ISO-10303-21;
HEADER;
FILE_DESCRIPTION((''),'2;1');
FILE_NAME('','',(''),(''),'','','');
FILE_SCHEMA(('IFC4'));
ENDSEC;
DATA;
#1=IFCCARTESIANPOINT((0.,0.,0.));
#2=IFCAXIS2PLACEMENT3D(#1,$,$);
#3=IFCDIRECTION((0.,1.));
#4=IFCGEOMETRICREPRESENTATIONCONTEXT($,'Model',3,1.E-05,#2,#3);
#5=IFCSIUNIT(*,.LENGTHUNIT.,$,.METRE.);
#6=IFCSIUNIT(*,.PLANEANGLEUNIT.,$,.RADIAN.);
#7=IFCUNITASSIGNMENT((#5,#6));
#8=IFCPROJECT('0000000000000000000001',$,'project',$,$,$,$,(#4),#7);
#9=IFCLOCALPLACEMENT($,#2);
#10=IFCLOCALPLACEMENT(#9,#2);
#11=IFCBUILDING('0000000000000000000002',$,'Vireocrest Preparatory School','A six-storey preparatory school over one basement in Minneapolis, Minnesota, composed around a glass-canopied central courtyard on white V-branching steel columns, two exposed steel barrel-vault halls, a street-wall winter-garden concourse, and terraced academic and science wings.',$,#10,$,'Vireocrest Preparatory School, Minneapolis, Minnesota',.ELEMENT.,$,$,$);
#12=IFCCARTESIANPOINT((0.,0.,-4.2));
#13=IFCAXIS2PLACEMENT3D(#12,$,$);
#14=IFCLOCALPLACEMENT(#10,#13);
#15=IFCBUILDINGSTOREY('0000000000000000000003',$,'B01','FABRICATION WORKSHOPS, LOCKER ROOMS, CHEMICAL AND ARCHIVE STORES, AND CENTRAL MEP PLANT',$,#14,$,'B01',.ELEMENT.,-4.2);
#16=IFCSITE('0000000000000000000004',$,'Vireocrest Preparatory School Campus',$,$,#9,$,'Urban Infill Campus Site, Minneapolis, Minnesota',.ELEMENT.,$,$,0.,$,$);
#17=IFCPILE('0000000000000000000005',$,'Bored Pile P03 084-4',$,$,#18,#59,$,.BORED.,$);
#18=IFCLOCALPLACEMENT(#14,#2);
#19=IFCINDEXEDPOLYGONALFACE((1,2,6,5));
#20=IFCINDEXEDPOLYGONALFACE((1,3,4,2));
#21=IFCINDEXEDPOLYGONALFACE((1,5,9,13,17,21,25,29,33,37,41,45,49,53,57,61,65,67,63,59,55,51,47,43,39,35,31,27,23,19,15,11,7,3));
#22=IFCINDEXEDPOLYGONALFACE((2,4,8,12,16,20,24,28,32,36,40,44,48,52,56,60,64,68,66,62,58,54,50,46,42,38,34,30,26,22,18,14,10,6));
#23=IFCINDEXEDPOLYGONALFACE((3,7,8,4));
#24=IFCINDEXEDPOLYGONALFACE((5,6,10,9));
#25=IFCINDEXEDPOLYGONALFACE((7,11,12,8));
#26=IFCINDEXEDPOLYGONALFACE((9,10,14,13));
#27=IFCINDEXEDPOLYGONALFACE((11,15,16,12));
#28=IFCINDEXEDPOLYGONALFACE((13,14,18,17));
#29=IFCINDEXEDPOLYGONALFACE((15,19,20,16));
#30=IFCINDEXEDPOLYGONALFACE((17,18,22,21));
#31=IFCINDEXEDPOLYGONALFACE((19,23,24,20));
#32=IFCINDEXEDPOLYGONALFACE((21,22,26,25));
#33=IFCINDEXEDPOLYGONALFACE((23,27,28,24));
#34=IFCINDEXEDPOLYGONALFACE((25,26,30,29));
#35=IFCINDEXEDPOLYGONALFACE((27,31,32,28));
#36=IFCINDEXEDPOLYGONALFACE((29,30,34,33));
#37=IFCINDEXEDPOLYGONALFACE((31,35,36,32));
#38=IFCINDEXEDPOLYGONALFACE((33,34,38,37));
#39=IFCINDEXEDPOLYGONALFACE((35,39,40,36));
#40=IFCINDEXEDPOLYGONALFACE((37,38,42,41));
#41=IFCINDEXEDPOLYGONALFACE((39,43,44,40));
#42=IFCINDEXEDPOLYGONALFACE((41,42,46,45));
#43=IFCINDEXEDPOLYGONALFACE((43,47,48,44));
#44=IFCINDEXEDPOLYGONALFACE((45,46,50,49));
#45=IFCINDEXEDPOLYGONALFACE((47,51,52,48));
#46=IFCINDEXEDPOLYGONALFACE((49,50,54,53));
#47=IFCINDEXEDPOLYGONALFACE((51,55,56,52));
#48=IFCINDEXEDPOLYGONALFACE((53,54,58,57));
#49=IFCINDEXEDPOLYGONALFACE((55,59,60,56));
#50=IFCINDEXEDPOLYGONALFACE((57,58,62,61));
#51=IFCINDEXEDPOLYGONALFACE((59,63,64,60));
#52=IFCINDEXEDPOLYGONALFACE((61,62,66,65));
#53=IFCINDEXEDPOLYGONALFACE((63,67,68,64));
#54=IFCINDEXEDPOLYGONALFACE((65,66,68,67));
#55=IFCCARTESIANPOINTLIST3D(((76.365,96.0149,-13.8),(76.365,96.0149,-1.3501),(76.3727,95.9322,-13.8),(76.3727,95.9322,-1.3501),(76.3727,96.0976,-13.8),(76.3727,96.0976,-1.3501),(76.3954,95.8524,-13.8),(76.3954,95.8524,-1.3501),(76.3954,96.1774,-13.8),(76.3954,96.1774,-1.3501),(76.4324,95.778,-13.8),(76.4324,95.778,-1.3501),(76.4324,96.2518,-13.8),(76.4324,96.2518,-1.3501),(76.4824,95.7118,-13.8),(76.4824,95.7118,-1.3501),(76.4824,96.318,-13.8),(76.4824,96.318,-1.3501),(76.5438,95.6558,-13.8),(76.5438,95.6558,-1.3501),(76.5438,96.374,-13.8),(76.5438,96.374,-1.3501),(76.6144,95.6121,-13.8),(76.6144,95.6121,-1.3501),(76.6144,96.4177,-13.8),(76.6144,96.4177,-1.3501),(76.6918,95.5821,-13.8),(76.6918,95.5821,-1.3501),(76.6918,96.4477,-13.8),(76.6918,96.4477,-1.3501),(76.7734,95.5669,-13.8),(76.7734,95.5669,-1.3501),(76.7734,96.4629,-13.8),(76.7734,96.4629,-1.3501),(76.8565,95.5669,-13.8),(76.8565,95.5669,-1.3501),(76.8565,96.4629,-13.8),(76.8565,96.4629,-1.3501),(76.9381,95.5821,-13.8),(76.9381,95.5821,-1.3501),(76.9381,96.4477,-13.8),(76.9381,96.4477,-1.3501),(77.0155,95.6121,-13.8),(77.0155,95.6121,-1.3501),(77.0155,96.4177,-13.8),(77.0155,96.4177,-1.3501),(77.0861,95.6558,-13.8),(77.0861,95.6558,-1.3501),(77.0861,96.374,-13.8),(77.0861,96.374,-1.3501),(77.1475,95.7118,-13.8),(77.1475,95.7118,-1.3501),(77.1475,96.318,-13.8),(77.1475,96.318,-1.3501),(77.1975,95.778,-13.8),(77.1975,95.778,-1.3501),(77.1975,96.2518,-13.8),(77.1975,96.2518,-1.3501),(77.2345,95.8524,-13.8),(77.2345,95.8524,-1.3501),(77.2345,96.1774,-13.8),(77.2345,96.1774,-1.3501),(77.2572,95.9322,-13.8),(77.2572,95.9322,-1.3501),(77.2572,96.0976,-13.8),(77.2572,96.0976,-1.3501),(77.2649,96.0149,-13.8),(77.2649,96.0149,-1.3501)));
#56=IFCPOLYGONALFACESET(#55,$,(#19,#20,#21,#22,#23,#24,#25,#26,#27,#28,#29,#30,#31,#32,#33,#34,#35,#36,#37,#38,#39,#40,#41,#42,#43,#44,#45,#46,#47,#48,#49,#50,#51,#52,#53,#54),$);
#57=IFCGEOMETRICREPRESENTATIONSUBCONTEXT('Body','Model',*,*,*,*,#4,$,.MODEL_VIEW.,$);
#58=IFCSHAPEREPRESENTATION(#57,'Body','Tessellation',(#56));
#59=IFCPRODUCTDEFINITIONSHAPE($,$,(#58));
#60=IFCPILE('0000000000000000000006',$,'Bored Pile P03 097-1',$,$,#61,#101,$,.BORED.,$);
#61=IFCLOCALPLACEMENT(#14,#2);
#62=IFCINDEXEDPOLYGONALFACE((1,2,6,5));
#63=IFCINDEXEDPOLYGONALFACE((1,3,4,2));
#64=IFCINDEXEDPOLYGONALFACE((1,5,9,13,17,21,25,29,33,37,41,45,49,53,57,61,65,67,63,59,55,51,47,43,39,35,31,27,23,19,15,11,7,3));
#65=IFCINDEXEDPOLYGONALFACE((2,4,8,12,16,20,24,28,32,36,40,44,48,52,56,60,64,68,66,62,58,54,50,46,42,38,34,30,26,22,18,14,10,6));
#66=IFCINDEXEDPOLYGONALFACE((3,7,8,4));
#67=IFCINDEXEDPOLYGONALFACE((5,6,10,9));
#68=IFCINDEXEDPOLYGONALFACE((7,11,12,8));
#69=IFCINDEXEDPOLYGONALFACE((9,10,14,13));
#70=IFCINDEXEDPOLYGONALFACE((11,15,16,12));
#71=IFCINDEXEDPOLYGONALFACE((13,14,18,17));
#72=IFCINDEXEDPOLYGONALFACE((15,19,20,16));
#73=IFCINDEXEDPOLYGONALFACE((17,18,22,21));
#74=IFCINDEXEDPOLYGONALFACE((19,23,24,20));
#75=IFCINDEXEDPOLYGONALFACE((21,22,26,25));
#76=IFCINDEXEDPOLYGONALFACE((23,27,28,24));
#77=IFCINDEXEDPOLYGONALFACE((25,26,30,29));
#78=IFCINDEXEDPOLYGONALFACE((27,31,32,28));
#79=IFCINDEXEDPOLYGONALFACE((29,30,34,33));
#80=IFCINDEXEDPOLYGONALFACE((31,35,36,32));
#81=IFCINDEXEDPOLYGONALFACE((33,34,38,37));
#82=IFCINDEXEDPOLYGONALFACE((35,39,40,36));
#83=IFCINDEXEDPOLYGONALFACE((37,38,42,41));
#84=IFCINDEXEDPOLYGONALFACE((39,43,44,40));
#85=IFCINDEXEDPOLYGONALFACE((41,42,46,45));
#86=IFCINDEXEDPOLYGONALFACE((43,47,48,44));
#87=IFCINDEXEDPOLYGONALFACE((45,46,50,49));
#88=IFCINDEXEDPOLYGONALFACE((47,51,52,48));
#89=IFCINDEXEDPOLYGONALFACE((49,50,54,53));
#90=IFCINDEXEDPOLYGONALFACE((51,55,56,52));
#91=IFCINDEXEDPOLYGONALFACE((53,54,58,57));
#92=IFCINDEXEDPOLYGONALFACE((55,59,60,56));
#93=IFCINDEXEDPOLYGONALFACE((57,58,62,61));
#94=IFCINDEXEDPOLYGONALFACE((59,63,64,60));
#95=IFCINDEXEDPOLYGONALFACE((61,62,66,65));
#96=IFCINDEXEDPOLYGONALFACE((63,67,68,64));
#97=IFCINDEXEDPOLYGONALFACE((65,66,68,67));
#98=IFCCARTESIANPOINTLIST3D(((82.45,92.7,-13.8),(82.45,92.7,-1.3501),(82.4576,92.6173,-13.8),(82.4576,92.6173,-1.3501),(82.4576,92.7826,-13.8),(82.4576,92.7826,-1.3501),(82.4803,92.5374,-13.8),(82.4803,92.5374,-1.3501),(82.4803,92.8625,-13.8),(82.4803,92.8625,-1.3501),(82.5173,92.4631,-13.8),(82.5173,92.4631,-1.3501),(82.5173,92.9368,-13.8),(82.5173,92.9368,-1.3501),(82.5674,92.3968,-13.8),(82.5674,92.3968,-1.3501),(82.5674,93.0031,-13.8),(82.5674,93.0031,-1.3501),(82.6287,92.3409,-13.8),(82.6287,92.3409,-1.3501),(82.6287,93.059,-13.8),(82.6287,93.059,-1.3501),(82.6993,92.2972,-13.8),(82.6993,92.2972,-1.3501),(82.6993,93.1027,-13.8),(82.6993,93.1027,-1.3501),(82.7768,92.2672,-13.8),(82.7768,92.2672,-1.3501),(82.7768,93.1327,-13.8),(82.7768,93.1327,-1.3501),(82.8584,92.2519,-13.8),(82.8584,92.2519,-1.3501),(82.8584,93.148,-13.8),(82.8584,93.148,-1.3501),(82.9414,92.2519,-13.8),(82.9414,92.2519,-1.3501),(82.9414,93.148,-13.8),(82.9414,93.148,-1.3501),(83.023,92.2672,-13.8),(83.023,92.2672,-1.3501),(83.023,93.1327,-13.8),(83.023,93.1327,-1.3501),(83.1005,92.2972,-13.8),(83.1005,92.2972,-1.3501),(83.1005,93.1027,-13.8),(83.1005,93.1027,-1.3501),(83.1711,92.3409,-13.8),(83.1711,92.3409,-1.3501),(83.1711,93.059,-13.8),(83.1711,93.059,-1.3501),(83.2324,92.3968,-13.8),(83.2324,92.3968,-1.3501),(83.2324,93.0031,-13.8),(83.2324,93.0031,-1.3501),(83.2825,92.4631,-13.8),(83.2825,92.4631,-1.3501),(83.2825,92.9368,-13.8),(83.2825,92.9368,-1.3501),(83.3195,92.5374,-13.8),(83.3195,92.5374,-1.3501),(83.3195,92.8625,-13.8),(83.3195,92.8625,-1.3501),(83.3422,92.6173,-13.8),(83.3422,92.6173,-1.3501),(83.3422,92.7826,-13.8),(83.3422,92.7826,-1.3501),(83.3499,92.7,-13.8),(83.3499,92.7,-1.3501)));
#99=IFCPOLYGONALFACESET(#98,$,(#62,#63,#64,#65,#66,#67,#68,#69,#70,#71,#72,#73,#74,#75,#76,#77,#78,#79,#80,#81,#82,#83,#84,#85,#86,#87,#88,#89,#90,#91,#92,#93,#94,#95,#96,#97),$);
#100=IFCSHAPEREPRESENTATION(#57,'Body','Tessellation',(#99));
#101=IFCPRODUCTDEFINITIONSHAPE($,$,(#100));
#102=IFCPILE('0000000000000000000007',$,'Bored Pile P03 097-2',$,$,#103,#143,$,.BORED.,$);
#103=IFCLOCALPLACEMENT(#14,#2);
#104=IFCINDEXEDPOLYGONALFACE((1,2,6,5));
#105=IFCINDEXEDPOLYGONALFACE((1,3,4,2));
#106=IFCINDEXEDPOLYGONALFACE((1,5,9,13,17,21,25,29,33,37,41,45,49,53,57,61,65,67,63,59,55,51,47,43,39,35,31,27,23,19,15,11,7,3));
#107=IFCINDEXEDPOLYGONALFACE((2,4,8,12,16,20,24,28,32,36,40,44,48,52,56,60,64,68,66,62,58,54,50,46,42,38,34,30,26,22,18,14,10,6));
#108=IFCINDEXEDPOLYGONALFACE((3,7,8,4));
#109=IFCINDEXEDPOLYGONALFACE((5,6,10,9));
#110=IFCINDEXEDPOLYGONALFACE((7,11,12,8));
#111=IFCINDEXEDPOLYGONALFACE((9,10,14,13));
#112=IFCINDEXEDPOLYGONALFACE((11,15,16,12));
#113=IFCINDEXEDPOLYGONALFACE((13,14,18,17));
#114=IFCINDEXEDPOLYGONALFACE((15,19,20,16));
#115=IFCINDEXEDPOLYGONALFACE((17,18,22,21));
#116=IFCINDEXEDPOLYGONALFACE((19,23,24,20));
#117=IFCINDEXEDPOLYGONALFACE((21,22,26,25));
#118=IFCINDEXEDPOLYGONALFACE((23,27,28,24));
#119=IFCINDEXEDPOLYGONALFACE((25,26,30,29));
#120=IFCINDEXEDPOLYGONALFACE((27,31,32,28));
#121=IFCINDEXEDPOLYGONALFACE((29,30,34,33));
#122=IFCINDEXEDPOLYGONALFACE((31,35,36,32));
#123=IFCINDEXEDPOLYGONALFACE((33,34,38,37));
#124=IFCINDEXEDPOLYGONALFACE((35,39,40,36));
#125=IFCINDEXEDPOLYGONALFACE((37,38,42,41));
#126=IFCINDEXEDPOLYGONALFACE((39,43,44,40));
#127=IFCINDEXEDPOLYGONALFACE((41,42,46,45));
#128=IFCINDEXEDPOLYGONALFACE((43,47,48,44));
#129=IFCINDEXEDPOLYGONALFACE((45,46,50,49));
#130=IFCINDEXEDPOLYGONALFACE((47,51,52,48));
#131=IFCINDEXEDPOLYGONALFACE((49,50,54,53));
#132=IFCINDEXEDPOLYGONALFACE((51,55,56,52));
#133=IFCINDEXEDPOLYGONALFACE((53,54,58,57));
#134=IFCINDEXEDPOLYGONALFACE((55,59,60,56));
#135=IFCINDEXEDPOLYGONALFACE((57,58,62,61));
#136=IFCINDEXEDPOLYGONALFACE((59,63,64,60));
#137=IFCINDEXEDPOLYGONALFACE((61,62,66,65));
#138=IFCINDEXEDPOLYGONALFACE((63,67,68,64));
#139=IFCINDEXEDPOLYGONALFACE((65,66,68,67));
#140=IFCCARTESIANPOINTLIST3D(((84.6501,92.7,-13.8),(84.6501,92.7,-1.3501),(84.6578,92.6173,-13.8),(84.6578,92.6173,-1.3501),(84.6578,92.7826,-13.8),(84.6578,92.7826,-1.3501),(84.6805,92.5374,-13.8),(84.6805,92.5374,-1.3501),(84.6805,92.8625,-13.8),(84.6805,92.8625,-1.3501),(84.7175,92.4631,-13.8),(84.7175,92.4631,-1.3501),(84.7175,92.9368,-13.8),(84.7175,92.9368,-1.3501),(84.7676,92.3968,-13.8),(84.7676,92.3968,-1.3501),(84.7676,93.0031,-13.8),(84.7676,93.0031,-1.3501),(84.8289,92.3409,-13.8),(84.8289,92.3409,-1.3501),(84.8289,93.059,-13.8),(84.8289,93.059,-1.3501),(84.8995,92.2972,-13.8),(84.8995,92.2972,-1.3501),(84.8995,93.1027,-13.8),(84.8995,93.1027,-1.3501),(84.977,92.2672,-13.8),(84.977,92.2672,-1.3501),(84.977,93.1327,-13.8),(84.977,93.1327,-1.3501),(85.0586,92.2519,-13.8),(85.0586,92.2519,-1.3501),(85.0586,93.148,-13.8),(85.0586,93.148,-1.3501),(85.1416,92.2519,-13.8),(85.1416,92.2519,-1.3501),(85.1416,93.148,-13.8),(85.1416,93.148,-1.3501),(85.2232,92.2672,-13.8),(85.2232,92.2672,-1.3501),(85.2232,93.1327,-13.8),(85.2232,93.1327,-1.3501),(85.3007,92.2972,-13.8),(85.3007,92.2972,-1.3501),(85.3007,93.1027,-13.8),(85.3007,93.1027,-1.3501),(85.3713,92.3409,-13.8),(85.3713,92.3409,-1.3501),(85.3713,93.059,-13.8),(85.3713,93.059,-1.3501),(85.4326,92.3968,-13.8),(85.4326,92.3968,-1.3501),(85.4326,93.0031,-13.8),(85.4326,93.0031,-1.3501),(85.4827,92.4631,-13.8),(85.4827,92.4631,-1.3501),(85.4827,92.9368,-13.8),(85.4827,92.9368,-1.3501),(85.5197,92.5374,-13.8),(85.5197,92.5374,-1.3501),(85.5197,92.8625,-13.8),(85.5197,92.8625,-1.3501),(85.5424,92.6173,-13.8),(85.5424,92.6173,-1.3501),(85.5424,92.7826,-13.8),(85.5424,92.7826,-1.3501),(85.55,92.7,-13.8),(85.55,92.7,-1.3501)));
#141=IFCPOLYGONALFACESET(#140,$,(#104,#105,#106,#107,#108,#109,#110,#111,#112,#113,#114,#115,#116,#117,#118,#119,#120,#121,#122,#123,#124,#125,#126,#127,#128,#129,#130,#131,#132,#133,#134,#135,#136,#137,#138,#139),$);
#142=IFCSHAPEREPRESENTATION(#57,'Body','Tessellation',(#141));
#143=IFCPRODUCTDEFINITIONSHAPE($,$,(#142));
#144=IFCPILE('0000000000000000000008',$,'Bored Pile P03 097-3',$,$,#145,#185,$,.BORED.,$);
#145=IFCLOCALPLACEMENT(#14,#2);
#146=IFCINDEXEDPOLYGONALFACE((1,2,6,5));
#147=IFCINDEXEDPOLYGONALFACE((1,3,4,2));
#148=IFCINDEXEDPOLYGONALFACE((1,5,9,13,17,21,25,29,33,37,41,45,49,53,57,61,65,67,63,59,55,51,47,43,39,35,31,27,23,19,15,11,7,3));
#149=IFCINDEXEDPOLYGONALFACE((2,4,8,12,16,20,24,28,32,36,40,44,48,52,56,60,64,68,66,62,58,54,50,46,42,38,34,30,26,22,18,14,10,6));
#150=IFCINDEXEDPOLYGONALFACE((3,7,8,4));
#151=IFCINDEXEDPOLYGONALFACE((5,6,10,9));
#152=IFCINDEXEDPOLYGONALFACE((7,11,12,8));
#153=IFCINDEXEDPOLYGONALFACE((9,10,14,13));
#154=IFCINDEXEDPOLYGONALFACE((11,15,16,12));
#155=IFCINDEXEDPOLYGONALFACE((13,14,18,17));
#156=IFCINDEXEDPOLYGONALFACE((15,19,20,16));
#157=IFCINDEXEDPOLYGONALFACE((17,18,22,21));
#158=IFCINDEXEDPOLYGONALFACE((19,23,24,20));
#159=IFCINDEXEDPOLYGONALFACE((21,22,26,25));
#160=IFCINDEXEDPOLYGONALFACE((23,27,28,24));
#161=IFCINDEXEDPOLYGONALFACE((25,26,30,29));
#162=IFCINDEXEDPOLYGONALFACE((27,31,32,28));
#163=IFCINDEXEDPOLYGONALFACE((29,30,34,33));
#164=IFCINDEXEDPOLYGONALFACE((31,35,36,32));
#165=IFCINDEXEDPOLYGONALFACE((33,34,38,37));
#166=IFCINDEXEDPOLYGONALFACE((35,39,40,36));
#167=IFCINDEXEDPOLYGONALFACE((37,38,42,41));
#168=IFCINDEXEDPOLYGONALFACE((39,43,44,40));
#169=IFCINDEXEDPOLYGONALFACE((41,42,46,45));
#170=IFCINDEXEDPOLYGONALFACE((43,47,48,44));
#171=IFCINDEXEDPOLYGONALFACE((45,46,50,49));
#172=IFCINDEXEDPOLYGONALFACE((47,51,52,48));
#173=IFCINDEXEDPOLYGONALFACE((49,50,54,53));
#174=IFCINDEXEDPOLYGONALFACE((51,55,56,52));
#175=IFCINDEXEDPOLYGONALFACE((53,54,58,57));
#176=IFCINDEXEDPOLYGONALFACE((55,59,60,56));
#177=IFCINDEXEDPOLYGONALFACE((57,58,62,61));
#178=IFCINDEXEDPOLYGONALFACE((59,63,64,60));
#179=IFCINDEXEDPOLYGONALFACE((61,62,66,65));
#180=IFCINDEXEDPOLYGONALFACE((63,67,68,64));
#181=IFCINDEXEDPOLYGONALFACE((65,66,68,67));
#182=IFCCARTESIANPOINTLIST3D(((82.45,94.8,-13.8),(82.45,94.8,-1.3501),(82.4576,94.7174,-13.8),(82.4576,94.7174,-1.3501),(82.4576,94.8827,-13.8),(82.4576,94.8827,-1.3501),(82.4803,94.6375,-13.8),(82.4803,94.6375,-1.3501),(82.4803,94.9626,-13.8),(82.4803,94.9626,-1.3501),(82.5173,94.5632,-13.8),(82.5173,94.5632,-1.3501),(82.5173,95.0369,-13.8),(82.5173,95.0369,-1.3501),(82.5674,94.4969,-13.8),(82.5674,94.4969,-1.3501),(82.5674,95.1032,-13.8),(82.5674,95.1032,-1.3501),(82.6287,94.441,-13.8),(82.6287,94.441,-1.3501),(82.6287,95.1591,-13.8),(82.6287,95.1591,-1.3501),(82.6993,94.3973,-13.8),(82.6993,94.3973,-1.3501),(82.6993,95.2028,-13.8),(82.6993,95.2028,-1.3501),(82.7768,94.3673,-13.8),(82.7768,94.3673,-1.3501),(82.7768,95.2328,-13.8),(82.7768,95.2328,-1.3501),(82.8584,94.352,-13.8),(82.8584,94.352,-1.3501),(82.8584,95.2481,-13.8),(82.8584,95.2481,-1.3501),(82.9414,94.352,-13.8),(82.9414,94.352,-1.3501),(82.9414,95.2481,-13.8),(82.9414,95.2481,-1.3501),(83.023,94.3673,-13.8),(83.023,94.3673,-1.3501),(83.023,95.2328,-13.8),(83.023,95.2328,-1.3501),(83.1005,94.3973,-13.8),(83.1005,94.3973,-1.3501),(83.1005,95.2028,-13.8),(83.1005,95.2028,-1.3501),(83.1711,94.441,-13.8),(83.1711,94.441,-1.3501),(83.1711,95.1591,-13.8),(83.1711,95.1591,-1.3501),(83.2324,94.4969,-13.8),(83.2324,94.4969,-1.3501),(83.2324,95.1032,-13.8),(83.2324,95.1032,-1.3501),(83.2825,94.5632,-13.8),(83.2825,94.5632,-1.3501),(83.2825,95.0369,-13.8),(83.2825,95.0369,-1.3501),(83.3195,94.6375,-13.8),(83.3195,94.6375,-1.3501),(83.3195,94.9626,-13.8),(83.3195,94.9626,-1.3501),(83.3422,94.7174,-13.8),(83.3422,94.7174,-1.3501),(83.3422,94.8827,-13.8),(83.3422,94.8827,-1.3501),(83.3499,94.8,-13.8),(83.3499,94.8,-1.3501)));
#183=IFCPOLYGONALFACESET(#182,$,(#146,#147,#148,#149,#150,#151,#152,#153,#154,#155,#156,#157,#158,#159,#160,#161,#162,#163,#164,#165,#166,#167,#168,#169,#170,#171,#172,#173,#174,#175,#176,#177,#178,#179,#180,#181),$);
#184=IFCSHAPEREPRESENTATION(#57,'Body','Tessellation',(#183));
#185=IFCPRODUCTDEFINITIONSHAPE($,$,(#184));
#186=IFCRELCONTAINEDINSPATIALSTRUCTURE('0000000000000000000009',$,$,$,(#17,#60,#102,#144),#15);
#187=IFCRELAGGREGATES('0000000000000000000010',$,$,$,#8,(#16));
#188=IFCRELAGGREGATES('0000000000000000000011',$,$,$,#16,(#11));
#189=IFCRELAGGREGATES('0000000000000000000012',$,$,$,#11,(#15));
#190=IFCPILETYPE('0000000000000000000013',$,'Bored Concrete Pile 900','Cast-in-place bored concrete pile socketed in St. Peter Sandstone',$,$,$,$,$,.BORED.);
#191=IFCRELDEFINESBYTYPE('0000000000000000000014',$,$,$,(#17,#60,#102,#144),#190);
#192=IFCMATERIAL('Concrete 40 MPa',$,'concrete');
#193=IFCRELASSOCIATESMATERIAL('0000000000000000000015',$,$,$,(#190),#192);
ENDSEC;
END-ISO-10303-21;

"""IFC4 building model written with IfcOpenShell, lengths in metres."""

from ifc_helpers import new_model, si_unit, direction, frame, origin, origin_2d, place, context, subcontext, project, spatial, circle, extrude, material, material_profile, profile_set, type_object, element, save


model = new_model("IFC4")

# Units and contexts
model_context = context("Model", 3, precision=1e-05, world=origin(), true_north=direction((0.0, 1.0)))
body_context = subcontext(model_context, "Body", "Model", "MODEL_VIEW")
ifc_project = project(units=[si_unit("LENGTHUNIT", "METRE"), si_unit("PLANEANGLEUNIT", "RADIAN")], contexts=[model_context])

# Site, building, storey
site_placement = place(None, origin())
site = spatial("IfcSite", under=ifc_project, at=site_placement, Name="Vireocrest Preparatory School Campus", LongName="Urban Infill Campus Site, Minneapolis, Minnesota", CompositionType="ELEMENT", RefElevation=0.0)
building_placement = place(site_placement, origin())
building = spatial("IfcBuilding", under=site, at=building_placement, Name="Vireocrest Preparatory School", Description="A six-storey preparatory school over one basement in Minneapolis, Minnesota, composed around a glass-canopied central courtyard on white V-branching steel columns, two exposed steel barrel-vault halls, a street-wall winter-garden concourse, and terraced academic and science wings.", LongName="Vireocrest Preparatory School, Minneapolis, Minnesota", CompositionType="ELEMENT")
storey_placement = place(building_placement, frame((0.0, 0.0, -4.2)))
storey = spatial("IfcBuildingStorey", under=building, at=storey_placement, Name="B01", Description="FABRICATION WORKSHOPS, LOCKER ROOMS, CHEMICAL AND ARCHIVE STORES, AND CENTRAL MEP PLANT", LongName="B01", CompositionType="ELEMENT", Elevation=-4.2)

# Piles
ifc_material_1 = material(Name="Concrete 40 MPa", Category="concrete")
ifc_material_profile_1 = material_profile(ifc_material_1, circle(Radius=0.45, at=origin_2d()), Name="BORED PILE 900")
ifc_profile_set_1 = profile_set([ifc_material_profile_1], Name="Concrete 40 MPa")
pile_type_1 = type_object("IfcPileType", Name="Bored Concrete Pile 900", Description="Cast-in-place bored concrete pile socketed in St. Peter Sandstone", PredefinedType="BORED", material=ifc_profile_set_1)
for number, where, z_axis, x_axis, name in (
    (1, (76.8149, 96.0149, -1.3501), (0.0, 0.0, -1.0), (1.0, 0.0, 0.0), "Bored Pile P03 084-4"),
    (2, (82.8999, 92.7, -1.3501), (0.0, 0.0, -1.0), (1.0, 0.0, 0.0), "Bored Pile P03 097-1"),
    (3, (85.1001, 92.7, -1.3501), (0.0, 0.0, -1.0), (1.0, 0.0, 0.0), "Bored Pile P03 097-2"),
    (4, (82.8999, 94.8, -1.3501), (0.0, 0.0, -1.0), (1.0, 0.0, 0.0), "Bored Pile P03 097-3"),
):
    element("IfcPile", number, at=place(storey_placement, frame(where, z_axis=z_axis, x_axis=x_axis)), inside=storey, type_object=pile_type_1, Name=name, PredefinedType="BORED", context=body_context, shape_type="SweptSolid", body=[
        extrude(circle(Radius=0.45, at=origin_2d()), origin(), (0.0, 0.0, 1.0), 12.45),
    ])

save(model, "model.ifc")
